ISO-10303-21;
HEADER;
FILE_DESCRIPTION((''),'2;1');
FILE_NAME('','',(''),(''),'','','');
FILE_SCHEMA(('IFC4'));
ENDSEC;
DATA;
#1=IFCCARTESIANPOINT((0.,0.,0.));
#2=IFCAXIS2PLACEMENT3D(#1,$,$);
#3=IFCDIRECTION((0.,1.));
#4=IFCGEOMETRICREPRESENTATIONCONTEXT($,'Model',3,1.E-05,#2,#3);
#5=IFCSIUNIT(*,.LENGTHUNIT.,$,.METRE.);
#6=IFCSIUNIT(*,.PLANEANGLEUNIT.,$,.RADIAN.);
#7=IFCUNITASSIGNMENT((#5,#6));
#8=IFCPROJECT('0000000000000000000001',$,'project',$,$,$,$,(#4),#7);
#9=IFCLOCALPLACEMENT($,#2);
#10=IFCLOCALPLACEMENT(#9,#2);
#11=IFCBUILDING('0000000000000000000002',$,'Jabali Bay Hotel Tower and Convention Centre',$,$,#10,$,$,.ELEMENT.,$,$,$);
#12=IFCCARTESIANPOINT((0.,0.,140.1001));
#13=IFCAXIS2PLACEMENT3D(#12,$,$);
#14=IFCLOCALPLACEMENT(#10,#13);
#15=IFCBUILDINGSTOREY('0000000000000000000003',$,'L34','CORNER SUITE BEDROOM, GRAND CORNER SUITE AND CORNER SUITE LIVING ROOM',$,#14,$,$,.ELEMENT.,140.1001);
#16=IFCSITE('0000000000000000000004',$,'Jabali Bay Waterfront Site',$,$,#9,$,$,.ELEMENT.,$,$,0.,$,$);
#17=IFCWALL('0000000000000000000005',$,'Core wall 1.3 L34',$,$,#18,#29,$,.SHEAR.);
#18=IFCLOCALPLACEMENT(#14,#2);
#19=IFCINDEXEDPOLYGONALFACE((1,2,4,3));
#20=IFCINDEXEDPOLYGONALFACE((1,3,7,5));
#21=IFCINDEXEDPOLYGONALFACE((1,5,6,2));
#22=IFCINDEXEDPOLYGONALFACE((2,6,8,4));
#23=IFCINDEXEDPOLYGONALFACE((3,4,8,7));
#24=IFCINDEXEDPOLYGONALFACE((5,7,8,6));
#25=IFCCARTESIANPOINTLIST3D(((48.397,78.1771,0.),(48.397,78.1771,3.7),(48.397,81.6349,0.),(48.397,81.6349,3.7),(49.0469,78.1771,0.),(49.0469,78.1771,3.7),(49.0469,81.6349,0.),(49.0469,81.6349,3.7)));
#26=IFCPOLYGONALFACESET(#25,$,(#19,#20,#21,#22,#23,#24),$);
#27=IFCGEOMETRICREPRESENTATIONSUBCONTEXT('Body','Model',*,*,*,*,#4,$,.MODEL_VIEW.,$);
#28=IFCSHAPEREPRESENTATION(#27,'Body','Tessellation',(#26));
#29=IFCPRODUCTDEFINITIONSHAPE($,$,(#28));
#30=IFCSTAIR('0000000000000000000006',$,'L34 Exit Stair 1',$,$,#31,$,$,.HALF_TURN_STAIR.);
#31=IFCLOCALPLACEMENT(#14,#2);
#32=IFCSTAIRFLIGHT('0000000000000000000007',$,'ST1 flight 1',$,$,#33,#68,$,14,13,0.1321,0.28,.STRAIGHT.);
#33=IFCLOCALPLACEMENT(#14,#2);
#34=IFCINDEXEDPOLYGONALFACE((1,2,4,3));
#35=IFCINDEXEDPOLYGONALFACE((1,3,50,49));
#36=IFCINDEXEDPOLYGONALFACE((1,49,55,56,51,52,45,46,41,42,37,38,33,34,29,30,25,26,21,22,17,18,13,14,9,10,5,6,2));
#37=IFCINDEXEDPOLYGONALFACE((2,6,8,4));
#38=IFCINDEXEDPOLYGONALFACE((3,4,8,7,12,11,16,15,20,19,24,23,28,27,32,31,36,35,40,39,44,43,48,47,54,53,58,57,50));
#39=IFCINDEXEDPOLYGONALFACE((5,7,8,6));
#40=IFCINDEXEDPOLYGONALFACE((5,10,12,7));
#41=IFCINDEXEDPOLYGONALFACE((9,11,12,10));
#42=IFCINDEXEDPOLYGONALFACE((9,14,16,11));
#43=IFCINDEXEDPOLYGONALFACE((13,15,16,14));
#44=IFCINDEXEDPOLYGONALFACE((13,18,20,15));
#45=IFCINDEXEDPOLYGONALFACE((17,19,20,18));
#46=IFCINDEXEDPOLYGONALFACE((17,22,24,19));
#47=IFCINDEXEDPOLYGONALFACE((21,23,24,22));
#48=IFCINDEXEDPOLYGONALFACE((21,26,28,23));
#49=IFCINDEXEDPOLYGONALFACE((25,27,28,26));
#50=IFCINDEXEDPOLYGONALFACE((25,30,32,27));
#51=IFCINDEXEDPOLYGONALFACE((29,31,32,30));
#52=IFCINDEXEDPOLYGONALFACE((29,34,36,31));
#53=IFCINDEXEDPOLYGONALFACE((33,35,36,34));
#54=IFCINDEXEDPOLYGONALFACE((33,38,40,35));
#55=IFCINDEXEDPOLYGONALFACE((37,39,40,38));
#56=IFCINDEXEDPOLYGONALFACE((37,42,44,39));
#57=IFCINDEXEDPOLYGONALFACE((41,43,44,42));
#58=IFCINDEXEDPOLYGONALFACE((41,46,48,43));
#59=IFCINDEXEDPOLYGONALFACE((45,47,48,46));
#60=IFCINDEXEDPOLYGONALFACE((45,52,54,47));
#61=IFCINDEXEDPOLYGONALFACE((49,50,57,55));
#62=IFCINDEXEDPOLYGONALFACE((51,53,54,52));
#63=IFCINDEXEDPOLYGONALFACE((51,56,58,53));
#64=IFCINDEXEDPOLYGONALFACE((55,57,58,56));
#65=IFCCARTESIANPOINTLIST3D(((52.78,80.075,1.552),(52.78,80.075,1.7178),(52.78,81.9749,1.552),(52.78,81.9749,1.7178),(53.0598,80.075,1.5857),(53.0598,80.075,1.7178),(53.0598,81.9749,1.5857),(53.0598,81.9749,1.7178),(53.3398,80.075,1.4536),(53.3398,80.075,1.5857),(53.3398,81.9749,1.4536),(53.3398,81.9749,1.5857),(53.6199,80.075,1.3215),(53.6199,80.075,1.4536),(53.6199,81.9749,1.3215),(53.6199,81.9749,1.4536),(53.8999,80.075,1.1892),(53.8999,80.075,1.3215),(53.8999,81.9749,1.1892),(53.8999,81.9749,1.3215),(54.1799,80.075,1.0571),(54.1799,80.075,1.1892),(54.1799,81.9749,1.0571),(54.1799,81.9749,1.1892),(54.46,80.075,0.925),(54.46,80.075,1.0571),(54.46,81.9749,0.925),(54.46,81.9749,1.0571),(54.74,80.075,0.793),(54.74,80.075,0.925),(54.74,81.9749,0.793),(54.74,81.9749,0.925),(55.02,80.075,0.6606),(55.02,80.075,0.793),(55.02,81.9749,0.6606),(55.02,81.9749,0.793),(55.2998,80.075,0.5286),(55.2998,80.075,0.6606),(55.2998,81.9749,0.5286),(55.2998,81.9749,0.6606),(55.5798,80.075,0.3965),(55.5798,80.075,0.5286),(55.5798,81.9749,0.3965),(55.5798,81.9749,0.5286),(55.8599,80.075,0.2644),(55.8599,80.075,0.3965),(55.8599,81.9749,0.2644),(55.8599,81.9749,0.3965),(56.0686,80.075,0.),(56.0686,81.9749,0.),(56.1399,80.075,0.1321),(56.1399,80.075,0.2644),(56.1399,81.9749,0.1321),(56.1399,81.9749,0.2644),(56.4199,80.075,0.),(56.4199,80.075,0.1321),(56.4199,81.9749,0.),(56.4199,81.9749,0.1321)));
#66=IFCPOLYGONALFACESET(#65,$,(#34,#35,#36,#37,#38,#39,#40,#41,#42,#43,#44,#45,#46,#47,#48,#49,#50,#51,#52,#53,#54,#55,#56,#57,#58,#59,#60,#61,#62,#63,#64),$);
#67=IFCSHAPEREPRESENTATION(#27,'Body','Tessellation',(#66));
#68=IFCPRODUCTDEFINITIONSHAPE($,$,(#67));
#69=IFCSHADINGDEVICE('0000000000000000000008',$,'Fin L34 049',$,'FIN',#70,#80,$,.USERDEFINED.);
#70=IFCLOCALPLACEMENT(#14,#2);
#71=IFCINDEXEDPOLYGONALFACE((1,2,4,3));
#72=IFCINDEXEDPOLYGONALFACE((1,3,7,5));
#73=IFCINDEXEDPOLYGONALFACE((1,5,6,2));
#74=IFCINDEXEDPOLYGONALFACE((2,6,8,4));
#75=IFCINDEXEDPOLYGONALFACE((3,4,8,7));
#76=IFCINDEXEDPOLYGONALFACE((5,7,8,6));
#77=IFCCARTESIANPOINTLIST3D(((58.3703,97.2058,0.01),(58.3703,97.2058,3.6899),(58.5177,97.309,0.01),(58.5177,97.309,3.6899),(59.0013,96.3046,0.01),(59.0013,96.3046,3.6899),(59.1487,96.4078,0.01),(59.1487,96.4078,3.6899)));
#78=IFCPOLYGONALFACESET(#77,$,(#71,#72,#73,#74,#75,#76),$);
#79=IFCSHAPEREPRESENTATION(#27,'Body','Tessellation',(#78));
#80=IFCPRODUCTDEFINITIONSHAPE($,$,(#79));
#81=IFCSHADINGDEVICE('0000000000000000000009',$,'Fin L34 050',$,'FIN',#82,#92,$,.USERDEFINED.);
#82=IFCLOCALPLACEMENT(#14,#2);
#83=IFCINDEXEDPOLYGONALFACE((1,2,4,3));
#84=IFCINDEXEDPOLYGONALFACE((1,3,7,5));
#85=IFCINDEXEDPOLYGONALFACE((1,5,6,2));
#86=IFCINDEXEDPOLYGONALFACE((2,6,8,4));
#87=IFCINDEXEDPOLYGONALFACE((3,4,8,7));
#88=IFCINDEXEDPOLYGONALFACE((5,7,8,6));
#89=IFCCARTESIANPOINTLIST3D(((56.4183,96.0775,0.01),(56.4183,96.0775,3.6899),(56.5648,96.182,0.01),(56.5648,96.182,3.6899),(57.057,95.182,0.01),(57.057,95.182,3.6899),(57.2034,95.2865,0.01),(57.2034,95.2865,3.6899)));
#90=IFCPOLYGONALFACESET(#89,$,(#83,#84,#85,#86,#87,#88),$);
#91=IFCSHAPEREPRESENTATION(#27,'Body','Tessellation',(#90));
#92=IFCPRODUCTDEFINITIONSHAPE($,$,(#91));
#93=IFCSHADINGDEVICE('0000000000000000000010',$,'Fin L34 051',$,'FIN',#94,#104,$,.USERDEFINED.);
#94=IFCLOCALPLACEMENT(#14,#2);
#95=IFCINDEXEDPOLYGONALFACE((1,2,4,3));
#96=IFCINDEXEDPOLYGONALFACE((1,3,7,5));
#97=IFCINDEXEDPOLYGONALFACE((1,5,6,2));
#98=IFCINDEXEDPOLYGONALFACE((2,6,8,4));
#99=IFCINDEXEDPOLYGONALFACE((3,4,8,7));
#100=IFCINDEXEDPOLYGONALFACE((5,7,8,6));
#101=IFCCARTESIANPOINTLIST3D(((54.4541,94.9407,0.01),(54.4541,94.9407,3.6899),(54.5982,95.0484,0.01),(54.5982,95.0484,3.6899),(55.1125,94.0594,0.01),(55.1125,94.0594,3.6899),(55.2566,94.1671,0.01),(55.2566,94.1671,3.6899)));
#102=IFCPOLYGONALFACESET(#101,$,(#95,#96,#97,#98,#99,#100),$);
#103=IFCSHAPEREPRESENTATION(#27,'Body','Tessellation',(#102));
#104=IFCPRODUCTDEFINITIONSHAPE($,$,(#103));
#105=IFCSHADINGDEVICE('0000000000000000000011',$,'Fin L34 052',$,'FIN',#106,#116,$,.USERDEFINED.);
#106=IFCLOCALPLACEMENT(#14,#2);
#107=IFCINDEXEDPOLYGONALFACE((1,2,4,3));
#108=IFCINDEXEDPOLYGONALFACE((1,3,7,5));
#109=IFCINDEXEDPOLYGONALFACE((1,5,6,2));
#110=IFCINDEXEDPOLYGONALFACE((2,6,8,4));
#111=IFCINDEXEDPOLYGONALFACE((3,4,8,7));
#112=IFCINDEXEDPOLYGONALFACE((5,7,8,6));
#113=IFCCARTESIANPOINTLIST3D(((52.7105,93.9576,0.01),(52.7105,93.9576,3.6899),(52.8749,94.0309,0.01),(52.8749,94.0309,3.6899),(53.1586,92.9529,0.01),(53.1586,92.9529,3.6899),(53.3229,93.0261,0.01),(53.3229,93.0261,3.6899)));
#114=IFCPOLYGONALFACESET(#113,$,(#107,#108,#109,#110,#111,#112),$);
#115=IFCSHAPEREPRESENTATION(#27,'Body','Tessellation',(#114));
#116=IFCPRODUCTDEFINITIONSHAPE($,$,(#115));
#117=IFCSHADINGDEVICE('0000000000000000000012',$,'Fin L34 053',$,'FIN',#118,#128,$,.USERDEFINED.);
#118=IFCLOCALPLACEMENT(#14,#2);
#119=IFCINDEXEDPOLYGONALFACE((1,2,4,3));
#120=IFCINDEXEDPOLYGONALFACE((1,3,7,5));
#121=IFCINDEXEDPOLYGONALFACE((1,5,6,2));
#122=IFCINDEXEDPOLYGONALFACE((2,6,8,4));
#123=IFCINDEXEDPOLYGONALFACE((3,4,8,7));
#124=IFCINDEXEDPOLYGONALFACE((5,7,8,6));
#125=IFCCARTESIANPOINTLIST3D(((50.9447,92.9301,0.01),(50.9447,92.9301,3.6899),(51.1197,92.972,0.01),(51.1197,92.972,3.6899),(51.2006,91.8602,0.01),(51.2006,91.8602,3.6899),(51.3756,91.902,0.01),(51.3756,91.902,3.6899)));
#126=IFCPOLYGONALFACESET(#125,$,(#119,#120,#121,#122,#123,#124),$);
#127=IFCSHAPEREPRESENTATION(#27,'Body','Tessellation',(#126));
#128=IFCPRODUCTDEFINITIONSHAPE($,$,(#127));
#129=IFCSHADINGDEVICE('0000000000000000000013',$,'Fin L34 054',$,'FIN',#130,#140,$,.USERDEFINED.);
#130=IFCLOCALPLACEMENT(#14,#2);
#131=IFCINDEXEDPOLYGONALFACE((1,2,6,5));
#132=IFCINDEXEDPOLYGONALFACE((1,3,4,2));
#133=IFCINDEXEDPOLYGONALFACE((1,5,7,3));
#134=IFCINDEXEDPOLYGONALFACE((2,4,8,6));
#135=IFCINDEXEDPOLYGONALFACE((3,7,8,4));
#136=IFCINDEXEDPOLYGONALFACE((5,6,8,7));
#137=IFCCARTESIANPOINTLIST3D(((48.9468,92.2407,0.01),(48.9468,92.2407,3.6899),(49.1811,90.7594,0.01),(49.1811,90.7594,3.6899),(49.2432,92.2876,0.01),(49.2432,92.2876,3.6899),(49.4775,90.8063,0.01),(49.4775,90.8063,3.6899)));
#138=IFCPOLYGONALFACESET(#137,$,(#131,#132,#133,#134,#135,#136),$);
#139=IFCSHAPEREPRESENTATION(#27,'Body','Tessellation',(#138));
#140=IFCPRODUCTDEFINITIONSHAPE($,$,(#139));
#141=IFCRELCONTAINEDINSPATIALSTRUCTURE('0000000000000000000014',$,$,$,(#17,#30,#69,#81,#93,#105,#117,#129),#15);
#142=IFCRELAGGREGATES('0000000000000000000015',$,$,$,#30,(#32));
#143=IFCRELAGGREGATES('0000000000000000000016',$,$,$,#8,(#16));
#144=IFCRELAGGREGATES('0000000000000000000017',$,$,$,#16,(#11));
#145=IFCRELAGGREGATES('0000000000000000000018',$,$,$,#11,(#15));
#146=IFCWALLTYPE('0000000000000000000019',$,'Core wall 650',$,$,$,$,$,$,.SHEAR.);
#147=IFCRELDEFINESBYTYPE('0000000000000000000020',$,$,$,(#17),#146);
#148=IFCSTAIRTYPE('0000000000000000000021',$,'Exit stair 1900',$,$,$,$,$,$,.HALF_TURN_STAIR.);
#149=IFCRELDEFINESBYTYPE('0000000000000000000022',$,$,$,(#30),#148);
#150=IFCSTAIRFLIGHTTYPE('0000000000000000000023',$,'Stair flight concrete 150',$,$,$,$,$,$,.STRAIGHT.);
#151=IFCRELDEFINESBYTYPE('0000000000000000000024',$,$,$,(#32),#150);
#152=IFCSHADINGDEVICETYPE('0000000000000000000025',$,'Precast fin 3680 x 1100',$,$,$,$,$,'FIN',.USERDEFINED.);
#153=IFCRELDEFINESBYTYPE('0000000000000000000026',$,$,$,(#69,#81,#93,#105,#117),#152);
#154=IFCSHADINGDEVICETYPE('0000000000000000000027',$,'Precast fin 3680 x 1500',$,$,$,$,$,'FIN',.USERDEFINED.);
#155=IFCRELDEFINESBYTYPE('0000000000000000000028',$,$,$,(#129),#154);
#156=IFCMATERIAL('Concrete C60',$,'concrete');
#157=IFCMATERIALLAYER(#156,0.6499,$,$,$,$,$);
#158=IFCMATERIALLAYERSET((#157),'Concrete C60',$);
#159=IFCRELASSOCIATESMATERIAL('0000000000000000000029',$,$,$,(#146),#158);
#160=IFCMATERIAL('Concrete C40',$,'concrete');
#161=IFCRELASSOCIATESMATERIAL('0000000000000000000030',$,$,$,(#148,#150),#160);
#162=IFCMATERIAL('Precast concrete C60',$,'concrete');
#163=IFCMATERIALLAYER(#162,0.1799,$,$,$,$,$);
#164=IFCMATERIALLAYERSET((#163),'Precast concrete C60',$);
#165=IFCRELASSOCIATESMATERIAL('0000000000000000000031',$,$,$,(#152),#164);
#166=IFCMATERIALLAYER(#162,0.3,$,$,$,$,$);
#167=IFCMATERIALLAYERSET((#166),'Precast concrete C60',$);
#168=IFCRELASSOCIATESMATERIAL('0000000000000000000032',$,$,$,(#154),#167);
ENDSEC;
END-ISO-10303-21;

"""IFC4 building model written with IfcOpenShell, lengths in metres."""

from ifc_helpers import new_model, si_unit, direction, frame, frame_2d, origin, place, context, subcontext, project, spatial, polyline, rectangle, outline, extrude, material, layer, layer_set, type_object, element, aggregate, save


model = new_model("IFC4")

# Units and contexts
model_context = context("Model", 3, precision=1e-05, world=origin(), true_north=direction((0.0, 1.0)))
body_context = subcontext(model_context, "Body", "Model", "MODEL_VIEW")
ifc_project = project(units=[si_unit("LENGTHUNIT", "METRE"), si_unit("PLANEANGLEUNIT", "RADIAN")], contexts=[model_context])

# Site, building, storey
site_placement = place(None, origin())
site = spatial("IfcSite", under=ifc_project, at=site_placement, Name="Jabali Bay Waterfront Site", CompositionType="ELEMENT", RefElevation=0.0)
building_placement = place(site_placement, origin())
building = spatial("IfcBuilding", under=site, at=building_placement, Name="Jabali Bay Hotel Tower and Convention Centre", CompositionType="ELEMENT")
storey_placement = place(building_placement, frame((0.0, 0.0, 140.1001)))
storey = spatial("IfcBuildingStorey", under=building, at=storey_placement, Name="L34", Description="CORNER SUITE BEDROOM, GRAND CORNER SUITE AND CORNER SUITE LIVING ROOM", CompositionType="ELEMENT", Elevation=140.1001)

# Shared definitions
ifc_material_1 = material(Name="Concrete C60", Category="concrete")

# Shared definitions
ifc_material_2 = material(Name="Concrete C40", Category="concrete")

# Wall
ifc_layer_1 = layer(ifc_material_1, 0.6499)
ifc_layer_set_1 = layer_set([ifc_layer_1], Name="Concrete C60")
wall_type_1 = type_object("IfcWallType", Name="Core wall 650", PredefinedType="SHEAR", material=ifc_layer_set_1)
wall_1_placement = place(storey_placement, frame((48.7219, 81.635, 0.0), z_axis=(0.0, 0.0, 1.0), x_axis=(0.0, -1.0, 0.0)))
element("IfcWall", 1, at=wall_1_placement, inside=storey, type_object=wall_type_1, Name="Core wall 1.3 L34", PredefinedType="SHEAR", context=body_context, shape_type="SweptSolid", body=[
    extrude(rectangle(XDim=3.4578, YDim=0.6499, at=frame_2d((1.729, 0.0))), origin(), (0.0, 0.0, 1.0), 3.7),
])

# Stair, stair flight
stair_type = type_object("IfcStairType", Name="Exit stair 1900", PredefinedType="HALF_TURN_STAIR", material=ifc_material_2)
stair_placement = place(storey_placement, origin())
stair = element("IfcStair", 2, at=stair_placement, inside=storey, type_object=stair_type, Name="L34 Exit Stair 1", PredefinedType="HALF_TURN_STAIR")
stair_flight_type = type_object("IfcStairFlightType", Name="Stair flight concrete 150", PredefinedType="STRAIGHT", material=ifc_material_2)
stair_flight_placement = place(storey_placement, frame((56.4199, 81.0249, 0.0), z_axis=(0.0, 0.0, 1.0), x_axis=(-1.0, 0.0, 0.0)))
stair_flight = element("IfcStairFlight", 3, at=stair_flight_placement, type_object=stair_flight_type, Name="ST1 flight 1", NumberOfRisers=14, NumberOfTreads=13, PredefinedType="STRAIGHT", RiserHeight=0.1321, TreadLength=0.28, context=body_context, shape_type="SweptSolid", body=[
    extrude(outline(polyline([(0.0, 0.0), (0.0, 0.1321), (0.28, 0.1321), (0.28, 0.2644), (0.5601, 0.2644), (0.5601, 0.3965), (0.8401, 0.3965), (0.8401, 0.5286), (1.1201, 0.5286), (1.1201, 0.6606), (1.3999, 0.6606), (1.3999, 0.793), (1.6799, 0.793), (1.6799, 0.925), (1.96, 0.925), (1.96, 1.0571), (2.24, 1.0571), (2.24, 1.1892), (2.52, 1.1892), (2.52, 1.3215), (2.8, 1.3215), (2.8, 1.4536), (3.0801, 1.4536), (3.0801, 1.5857), (3.3601, 1.5857), (3.3601, 1.7178), (3.6399, 1.7178), (3.6399, 1.8501), (3.6399, 1.552), (0.3513, 0.0), (0.0, 0.0)])), frame((0.0, 0.95, 0.0), z_axis=(0.0, -1.0, 0.0), x_axis=(1.0, 0.0, 0.0)), (0.0, 0.0, 1.0), 1.8999),
])
aggregate(stair, [stair_flight])

# Shading devices
ifc_material_3 = material(Name="Precast concrete C60", Category="concrete")
ifc_layer_2 = layer(ifc_material_3, 0.1799)
ifc_layer_set_2 = layer_set([ifc_layer_2], Name="Precast concrete C60")
shading_device_type_1 = type_object("IfcShadingDeviceType", Name="Precast fin 3680 x 1100", ElementType="FIN", PredefinedType="USERDEFINED", material=ifc_layer_set_2)
shading_device_1_placement = place(storey_placement, frame((59.075, 96.3562, 0.01), z_axis=(0.0, 0.0, 1.0), x_axis=(-0.573507, 0.819201, 0.0)))
element("IfcShadingDevice", 4, at=shading_device_1_placement, inside=storey, type_object=shading_device_type_1, Name="Fin L34 049", ObjectType="FIN", PredefinedType="USERDEFINED", context=body_context, shape_type="SweptSolid", body=[
    extrude(rectangle(XDim=1.1001, YDim=0.1799, at=frame_2d((0.55, 0.0))), origin(), (0.0, 0.0, 1.0), 3.6799),
])
shading_device_2_placement = place(storey_placement, frame((57.1301, 95.2344, 0.01), z_axis=(0.0, 0.0, 1.0), x_axis=(-0.58065, 0.814153, 0.0)))
element("IfcShadingDevice", 5, at=shading_device_2_placement, inside=storey, type_object=shading_device_type_1, Name="Fin L34 050", ObjectType="FIN", PredefinedType="USERDEFINED", context=body_context, shape_type="SweptSolid", body=[
    extrude(rectangle(XDim=1.0999, YDim=0.1799, at=frame_2d((0.5498, 0.0))), origin(), (0.0, 0.0, 1.0), 3.6799),
])
for number, where, z_axis, x_axis, name in (
    (6, (55.1846, 94.1133, 0.01), (0.0, 0.0, 1.0), (-0.598508, 0.801117, 0.0), "Fin L34 051"),
    (7, (53.2407, 92.9895, 0.01), (0.0, 0.0, 1.0), (-0.407271, 0.913307, 0.0), "Fin L34 052"),
    (8, (51.2881, 91.8811, 0.01), (0.0, 0.0, 1.0), (-0.232601, 0.972572, 0.0), "Fin L34 053"),
):
    element("IfcShadingDevice", number, at=place(storey_placement, frame(where, z_axis=z_axis, x_axis=x_axis)), inside=storey, type_object=shading_device_type_1, Name=name, ObjectType="FIN", PredefinedType="USERDEFINED", context=body_context, shape_type="SweptSolid", body=[
        extrude(rectangle(XDim=1.1001, YDim=0.1799, at=frame_2d((0.55, 0.0))), origin(), (0.0, 0.0, 1.0), 3.6799),
    ])
ifc_layer_3 = layer(ifc_material_3, 0.3)
ifc_layer_set_3 = layer_set([ifc_layer_3], Name="Precast concrete C60")
shading_device_type_2 = type_object("IfcShadingDeviceType", Name="Precast fin 3680 x 1500", ElementType="FIN", PredefinedType="USERDEFINED", material=ifc_layer_set_3)
shading_device_3_placement = place(storey_placement, frame((49.3293, 90.7827, 0.01), z_axis=(0.0, 0.0, 1.0), x_axis=(-0.156263, 0.987715, 0.0)))
element("IfcShadingDevice", 9, at=shading_device_3_placement, inside=storey, type_object=shading_device_type_2, Name="Fin L34 054", ObjectType="FIN", PredefinedType="USERDEFINED", context=body_context, shape_type="SweptSolid", body=[
    extrude(rectangle(XDim=1.4998, YDim=0.3, at=frame_2d((0.75, 0.0))), origin(), (0.0, 0.0, 1.0), 3.6799),
])

save(model, "model.ifc")
